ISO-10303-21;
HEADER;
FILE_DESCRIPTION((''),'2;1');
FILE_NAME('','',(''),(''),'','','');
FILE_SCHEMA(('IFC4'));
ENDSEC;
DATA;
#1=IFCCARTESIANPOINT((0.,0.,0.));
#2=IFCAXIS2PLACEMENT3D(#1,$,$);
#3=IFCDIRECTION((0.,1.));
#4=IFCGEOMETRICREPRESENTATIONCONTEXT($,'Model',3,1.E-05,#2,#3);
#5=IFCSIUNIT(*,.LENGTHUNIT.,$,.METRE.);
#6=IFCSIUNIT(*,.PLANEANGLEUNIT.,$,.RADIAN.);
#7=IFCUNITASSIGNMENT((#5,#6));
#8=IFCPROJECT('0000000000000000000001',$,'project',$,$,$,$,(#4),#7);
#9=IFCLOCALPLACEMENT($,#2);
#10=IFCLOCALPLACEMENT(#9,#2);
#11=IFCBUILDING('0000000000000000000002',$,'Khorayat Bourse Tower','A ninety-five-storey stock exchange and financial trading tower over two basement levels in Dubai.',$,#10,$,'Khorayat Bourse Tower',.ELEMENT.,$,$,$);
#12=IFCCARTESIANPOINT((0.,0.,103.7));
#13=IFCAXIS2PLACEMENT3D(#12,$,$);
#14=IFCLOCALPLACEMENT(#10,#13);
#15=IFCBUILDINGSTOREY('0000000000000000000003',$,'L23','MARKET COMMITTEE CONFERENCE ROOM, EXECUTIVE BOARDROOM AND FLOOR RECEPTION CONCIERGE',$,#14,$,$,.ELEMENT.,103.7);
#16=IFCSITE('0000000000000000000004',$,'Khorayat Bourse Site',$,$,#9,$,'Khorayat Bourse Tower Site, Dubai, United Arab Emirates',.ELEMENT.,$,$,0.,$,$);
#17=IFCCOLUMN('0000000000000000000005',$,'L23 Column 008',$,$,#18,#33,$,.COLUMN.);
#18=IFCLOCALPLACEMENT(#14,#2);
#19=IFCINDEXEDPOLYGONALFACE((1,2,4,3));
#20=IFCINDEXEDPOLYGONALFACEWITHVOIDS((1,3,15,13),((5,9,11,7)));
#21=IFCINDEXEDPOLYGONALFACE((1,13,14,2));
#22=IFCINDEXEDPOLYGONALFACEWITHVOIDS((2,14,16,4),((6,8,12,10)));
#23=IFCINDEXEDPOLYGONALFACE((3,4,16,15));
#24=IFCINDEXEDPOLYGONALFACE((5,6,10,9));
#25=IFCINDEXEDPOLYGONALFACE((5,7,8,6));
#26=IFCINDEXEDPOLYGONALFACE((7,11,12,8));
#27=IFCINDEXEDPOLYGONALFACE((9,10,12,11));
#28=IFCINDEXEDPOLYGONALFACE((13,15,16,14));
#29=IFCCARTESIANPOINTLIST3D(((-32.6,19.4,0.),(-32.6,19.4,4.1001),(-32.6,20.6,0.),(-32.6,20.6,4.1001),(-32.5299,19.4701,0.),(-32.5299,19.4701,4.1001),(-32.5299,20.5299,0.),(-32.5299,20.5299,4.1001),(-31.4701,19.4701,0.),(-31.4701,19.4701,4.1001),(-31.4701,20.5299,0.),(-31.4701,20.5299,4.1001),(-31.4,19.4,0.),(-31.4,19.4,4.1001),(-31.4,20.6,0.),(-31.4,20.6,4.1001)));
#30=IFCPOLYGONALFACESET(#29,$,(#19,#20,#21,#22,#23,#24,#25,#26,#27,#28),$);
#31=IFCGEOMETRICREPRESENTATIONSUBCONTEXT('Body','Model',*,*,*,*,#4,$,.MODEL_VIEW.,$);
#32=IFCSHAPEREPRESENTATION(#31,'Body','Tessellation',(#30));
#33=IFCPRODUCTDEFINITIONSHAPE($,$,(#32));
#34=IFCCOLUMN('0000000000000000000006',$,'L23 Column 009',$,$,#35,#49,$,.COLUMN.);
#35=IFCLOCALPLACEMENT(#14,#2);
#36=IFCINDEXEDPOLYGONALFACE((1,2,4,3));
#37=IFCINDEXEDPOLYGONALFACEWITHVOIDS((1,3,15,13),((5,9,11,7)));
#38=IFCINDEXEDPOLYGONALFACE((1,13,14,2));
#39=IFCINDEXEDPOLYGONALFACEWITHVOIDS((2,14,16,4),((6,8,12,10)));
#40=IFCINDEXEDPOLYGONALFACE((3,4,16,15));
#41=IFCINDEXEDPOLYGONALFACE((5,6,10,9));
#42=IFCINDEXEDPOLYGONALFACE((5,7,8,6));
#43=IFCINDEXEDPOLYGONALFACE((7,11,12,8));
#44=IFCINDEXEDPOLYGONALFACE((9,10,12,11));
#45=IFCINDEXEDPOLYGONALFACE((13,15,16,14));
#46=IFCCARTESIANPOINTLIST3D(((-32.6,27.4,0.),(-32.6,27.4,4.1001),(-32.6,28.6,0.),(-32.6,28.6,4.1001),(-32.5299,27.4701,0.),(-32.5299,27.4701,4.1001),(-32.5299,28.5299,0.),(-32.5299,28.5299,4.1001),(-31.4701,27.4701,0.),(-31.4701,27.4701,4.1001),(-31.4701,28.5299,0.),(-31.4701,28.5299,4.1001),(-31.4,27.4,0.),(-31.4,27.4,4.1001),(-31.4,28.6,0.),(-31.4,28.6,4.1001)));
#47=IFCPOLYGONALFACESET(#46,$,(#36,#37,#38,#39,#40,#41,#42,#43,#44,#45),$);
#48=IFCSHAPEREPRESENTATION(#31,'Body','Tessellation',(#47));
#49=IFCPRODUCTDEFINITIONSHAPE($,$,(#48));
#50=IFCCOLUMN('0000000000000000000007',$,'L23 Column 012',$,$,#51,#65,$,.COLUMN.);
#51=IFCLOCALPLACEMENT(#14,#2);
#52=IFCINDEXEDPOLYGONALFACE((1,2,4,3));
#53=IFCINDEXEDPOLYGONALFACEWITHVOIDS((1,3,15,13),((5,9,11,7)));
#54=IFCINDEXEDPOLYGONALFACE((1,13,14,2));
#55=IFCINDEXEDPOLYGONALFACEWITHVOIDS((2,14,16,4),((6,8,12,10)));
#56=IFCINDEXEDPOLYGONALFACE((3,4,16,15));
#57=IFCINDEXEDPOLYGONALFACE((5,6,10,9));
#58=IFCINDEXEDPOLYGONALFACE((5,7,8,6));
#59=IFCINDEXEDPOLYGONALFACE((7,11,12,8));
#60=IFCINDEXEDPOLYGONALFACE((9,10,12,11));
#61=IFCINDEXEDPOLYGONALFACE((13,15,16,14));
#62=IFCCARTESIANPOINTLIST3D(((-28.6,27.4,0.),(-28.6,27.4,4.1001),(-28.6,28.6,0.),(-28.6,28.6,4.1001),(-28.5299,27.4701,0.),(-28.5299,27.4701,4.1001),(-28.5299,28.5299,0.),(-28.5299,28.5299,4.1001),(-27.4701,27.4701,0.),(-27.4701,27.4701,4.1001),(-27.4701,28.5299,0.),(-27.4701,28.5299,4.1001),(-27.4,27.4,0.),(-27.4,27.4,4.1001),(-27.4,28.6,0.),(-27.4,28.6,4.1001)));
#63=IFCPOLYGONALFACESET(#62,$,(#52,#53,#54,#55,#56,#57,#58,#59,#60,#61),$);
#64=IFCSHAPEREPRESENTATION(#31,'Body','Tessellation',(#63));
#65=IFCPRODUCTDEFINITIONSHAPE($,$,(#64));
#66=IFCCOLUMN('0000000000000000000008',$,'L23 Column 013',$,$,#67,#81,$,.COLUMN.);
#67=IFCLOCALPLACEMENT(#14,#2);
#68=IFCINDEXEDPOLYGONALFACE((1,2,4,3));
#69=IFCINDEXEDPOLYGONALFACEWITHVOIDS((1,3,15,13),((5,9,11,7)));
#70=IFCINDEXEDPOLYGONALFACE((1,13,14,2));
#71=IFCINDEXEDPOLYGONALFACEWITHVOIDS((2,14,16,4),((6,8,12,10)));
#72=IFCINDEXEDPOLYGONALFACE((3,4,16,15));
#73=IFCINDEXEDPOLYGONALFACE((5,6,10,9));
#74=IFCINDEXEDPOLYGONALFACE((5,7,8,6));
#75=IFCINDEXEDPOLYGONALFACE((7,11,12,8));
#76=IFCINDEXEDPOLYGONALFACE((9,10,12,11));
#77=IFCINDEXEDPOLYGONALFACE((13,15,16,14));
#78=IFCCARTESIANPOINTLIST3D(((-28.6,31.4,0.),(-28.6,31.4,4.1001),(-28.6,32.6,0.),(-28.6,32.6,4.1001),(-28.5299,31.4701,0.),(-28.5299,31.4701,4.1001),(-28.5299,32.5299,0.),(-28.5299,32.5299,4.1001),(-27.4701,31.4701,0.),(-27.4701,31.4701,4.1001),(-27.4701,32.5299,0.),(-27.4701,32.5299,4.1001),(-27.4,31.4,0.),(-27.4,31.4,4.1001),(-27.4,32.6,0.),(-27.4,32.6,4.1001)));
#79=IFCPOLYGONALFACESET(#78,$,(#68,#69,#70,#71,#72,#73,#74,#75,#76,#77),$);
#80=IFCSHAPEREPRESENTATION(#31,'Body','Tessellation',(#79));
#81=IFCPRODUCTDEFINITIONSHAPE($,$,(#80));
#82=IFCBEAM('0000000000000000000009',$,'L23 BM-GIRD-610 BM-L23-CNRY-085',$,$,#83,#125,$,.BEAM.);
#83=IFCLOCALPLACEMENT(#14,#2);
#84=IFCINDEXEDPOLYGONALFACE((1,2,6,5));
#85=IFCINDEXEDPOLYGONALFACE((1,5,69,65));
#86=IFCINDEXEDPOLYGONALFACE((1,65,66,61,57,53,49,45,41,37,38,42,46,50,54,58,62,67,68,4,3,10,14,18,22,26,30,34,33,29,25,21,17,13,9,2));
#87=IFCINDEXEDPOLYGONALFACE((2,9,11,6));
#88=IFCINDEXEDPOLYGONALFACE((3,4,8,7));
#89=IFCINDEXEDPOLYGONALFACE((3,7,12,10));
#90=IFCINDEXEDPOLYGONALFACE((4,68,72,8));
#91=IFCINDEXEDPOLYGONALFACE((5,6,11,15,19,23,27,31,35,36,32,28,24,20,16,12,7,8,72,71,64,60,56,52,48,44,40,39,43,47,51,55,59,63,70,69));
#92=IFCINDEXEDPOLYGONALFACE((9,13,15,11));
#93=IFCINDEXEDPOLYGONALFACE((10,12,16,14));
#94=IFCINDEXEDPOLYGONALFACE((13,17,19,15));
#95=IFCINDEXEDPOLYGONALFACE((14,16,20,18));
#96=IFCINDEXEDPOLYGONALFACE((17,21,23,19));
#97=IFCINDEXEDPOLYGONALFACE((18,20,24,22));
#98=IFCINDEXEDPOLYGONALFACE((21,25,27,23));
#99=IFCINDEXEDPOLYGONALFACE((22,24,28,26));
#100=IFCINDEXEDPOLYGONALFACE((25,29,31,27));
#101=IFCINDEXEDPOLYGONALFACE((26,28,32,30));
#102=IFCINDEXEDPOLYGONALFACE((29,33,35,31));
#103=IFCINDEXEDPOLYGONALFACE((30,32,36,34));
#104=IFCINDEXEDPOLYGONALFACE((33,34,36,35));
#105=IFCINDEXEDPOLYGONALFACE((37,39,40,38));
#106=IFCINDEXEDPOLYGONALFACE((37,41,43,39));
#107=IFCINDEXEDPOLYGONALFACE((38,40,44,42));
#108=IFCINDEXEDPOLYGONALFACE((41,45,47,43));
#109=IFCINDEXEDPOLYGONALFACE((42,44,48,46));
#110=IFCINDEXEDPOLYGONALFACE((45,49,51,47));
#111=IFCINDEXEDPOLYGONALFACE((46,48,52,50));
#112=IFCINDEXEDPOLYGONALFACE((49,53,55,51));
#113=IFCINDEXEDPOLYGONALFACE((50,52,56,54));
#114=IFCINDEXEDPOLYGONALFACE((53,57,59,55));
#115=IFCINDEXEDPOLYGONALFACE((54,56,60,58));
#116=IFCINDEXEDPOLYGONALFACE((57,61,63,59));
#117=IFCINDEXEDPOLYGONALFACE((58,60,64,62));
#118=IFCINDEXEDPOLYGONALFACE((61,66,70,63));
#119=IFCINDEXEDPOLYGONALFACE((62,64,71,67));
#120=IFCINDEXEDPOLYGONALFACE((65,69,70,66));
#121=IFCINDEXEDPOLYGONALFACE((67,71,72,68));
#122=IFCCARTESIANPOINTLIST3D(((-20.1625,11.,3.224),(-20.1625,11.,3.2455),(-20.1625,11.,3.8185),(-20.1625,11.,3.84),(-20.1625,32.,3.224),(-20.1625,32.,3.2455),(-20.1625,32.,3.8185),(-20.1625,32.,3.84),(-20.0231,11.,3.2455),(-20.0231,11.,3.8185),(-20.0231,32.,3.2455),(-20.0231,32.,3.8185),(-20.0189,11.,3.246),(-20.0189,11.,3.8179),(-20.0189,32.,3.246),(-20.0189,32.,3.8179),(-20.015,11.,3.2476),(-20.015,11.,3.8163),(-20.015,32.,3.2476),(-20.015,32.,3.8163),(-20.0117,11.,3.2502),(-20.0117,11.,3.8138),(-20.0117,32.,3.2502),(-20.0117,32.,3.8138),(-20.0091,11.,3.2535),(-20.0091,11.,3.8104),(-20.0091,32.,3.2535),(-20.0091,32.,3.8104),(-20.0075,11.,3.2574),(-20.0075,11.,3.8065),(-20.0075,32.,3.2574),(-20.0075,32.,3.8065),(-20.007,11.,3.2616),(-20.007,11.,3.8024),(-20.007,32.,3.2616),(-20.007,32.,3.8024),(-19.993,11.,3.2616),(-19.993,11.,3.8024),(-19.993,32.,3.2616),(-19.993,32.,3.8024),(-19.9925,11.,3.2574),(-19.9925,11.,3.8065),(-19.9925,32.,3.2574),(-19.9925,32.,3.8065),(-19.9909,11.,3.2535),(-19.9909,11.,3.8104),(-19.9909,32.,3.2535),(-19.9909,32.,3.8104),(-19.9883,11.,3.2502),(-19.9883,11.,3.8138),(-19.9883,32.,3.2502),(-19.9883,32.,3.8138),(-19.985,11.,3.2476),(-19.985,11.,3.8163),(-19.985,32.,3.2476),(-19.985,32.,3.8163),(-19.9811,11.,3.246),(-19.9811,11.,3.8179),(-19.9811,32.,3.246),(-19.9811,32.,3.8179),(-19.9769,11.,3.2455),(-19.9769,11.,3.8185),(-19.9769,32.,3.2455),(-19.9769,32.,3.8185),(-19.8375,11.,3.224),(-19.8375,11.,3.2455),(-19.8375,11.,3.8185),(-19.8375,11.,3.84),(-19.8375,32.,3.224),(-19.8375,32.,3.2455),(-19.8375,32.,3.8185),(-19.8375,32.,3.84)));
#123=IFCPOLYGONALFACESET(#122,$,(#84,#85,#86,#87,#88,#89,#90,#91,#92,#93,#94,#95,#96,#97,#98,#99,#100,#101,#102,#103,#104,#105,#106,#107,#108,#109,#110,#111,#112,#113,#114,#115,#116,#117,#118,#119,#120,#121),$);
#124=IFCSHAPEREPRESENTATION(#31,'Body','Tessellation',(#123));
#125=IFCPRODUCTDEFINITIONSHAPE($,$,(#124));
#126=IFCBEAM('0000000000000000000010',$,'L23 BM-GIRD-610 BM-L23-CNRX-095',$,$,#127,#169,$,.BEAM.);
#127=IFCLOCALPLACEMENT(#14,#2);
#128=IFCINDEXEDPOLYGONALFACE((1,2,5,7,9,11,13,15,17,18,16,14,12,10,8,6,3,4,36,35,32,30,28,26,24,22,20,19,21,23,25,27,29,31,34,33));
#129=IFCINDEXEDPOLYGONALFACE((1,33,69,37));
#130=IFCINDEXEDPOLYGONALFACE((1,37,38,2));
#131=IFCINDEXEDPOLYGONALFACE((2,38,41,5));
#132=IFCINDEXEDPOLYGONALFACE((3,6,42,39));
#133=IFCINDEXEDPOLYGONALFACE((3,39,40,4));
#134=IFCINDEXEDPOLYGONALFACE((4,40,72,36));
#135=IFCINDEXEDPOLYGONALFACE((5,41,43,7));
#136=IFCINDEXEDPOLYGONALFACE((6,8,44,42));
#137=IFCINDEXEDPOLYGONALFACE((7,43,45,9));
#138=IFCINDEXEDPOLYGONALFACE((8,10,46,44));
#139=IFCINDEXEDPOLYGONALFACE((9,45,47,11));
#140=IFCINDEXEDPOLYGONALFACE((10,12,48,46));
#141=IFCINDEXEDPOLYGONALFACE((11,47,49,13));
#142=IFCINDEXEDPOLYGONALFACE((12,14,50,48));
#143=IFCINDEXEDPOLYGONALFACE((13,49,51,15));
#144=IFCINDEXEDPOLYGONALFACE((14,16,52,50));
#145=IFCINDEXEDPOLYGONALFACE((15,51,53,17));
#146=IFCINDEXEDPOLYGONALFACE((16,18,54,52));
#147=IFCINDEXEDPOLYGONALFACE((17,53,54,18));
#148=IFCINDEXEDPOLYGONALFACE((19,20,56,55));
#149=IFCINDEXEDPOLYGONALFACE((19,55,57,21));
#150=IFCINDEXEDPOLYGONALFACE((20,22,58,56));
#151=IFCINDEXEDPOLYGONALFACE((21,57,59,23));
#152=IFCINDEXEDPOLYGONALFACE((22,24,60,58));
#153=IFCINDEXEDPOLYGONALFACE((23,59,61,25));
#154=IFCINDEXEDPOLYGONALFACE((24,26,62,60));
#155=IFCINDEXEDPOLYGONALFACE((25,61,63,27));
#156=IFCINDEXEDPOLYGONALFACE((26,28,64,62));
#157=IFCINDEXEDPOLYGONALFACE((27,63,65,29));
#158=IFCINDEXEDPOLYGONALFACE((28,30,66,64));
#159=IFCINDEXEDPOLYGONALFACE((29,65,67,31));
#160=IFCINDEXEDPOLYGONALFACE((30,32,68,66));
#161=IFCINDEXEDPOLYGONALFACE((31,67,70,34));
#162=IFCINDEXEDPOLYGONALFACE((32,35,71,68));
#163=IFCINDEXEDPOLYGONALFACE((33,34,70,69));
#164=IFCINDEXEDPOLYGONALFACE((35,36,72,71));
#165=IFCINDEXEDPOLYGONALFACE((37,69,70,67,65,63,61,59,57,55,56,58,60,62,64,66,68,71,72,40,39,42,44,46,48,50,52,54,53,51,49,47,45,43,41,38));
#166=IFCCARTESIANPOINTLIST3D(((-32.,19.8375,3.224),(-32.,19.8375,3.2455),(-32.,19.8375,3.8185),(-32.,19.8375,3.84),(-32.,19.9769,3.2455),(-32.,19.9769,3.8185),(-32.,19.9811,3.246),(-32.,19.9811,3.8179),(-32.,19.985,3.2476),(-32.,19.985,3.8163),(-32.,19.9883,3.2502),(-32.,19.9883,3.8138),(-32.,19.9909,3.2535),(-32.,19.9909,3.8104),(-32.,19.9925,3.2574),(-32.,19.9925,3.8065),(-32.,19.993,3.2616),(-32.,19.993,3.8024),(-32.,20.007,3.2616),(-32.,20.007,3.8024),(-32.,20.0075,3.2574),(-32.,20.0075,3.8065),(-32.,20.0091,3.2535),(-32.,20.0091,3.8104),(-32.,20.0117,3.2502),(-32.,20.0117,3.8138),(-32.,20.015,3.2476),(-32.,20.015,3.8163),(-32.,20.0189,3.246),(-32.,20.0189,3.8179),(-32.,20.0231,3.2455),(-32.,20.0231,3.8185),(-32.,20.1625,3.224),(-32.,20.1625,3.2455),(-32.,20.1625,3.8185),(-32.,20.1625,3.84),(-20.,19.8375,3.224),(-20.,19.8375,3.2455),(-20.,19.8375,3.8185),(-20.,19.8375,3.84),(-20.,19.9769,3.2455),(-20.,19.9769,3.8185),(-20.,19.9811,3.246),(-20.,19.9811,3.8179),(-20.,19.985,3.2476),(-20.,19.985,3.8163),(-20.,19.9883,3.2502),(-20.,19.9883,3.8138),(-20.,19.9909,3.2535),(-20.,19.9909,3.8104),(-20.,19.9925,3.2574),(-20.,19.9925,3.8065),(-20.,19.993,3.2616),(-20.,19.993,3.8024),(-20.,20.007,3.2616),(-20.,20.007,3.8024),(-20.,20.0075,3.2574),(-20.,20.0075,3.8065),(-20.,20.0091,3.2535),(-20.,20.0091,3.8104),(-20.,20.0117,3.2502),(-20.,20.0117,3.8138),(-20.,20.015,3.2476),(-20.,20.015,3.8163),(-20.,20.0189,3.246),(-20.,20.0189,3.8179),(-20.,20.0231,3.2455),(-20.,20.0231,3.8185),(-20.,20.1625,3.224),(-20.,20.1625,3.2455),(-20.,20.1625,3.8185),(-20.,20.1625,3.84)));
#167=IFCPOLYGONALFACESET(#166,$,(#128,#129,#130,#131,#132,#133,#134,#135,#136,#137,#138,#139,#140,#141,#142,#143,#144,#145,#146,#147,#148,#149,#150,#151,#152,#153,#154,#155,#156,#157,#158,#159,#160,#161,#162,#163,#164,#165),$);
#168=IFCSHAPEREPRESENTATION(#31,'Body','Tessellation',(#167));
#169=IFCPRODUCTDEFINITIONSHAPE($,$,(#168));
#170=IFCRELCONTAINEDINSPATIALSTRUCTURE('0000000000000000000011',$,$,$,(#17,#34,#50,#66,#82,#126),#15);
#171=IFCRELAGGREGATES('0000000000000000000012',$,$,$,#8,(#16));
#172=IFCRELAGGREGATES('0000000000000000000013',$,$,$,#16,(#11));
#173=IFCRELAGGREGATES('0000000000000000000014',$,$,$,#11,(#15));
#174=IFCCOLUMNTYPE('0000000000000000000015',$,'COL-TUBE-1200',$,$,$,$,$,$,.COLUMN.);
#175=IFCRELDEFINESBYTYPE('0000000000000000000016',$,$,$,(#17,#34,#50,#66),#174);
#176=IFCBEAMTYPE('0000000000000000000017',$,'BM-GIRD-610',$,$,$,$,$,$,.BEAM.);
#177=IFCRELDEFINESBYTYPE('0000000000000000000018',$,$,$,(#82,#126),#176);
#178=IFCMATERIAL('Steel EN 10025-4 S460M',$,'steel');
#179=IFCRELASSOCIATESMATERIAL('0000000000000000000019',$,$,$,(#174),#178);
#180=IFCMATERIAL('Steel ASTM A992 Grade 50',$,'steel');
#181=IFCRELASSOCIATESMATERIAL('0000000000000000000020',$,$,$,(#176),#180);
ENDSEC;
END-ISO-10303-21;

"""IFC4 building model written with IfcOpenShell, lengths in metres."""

from ifc_helpers import new_model, si_unit, direction, frame, origin, origin_2d, place, context, subcontext, project, spatial, hollow_rectangle, i_section, extrude, source, transform, mapped, material, material_profile, profile_set, type_object, element, save


model = new_model("IFC4")

# Units and contexts
model_context = context("Model", 3, precision=1e-05, world=origin(), true_north=direction((0.0, 1.0)))
body_context = subcontext(model_context, "Body", "Model", "MODEL_VIEW")
ifc_project = project(units=[si_unit("LENGTHUNIT", "METRE"), si_unit("PLANEANGLEUNIT", "RADIAN")], contexts=[model_context])

# Site, building, storey
site_placement = place(None, origin())
site = spatial("IfcSite", under=ifc_project, at=site_placement, Name="Khorayat Bourse Site", LongName="Khorayat Bourse Tower Site, Dubai, United Arab Emirates", CompositionType="ELEMENT", RefElevation=0.0)
building_placement = place(site_placement, origin())
building = spatial("IfcBuilding", under=site, at=building_placement, Name="Khorayat Bourse Tower", Description="A ninety-five-storey stock exchange and financial trading tower over two basement levels in Dubai.", LongName="Khorayat Bourse Tower", CompositionType="ELEMENT")
storey_placement = place(building_placement, frame((0.0, 0.0, 103.7)))
storey = spatial("IfcBuildingStorey", under=building, at=storey_placement, Name="L23", Description="MARKET COMMITTEE CONFERENCE ROOM, EXECUTIVE BOARDROOM AND FLOOR RECEPTION CONCIERGE", CompositionType="ELEMENT", Elevation=103.7)

# Columns
ifc_material_1 = material(Name="Steel EN 10025-4 S460M", Category="steel")
ifc_material_profile_1 = material_profile(ifc_material_1, hollow_rectangle(XDim=1.2, YDim=1.2, WallThickness=0.0701, at=origin_2d()), Name="BOX 1200x1200x70")
ifc_profile_set_1 = profile_set([ifc_material_profile_1], Name="Steel EN 10025-4 S460M")
column_type = type_object("IfcColumnType", Name="COL-TUBE-1200", PredefinedType="COLUMN", material=ifc_profile_set_1)
shared_shape_1 = source(origin(), body_context, "Body", "SweptSolid", [
    extrude(hollow_rectangle(XDim=1.2, YDim=1.2, WallThickness=0.0701, at=origin_2d()), origin(), (0.0, 0.0, 1.0), 4.1001),
])
for number, where, z_axis, x_axis, name in (
    (1, (-32.0, 20.0, 0.0), (0.0, 0.0, 1.0), (1.0, 0.0, 0.0), "L23 Column 008"),
    (2, (-32.0, 28.0, 0.0), (0.0, 0.0, 1.0), (1.0, 0.0, 0.0), "L23 Column 009"),
    (3, (-28.0, 28.0, 0.0), (0.0, 0.0, 1.0), (1.0, 0.0, 0.0), "L23 Column 012"),
    (4, (-28.0, 32.0, 0.0), (0.0, 0.0, 1.0), (1.0, 0.0, 0.0), "L23 Column 013"),
):
    element("IfcColumn", number, at=place(storey_placement, frame(where, z_axis=z_axis, x_axis=x_axis)), inside=storey, type_object=column_type, Name=name, PredefinedType="COLUMN", context=body_context, shape_type="MappedRepresentation", body=[
        mapped(shared_shape_1, transform((0.0, 0.0, 0.0), scale=1.0)),
    ])

# Beams
ifc_material_2 = material(Name="Steel ASTM A992 Grade 50", Category="steel")
ifc_material_profile_2 = material_profile(ifc_material_2, i_section(OverallWidth=0.325, OverallDepth=0.616, WebThickness=0.0139, FlangeThickness=0.0215, FilletRadius=0.0161, at=origin_2d()), Name="W610X174")
ifc_profile_set_2 = profile_set([ifc_material_profile_2], Name="Steel ASTM A992 Grade 50")
beam_type_1 = type_object("IfcBeamType", Name="BM-GIRD-610", PredefinedType="BEAM", material=ifc_profile_set_2)
shared_shape_2 = source(origin(), body_context, "Body", "SweptSolid", [
    extrude(i_section(OverallWidth=0.325, OverallDepth=0.616, WebThickness=0.0139, FlangeThickness=0.0215, FilletRadius=0.0161, at=origin_2d()), origin(), (0.0, 0.0, 1.0), 21.0),
])
beam_1_placement = place(storey_placement, frame((-20.0, 11.0, 3.532), z_axis=(0.0, 1.0, 0.0), x_axis=(-1.0, 0.0, 0.0)))
element("IfcBeam", 5, at=beam_1_placement, inside=storey, type_object=beam_type_1, Name="L23 BM-GIRD-610 BM-L23-CNRY-085", PredefinedType="BEAM", context=body_context, shape_type="MappedRepresentation", body=[
    mapped(shared_shape_2, transform((0.0, 0.0, 0.0), scale=1.0)),
])
shared_shape_3 = source(origin(), body_context, "Body", "SweptSolid", [
    extrude(i_section(OverallWidth=0.325, OverallDepth=0.616, WebThickness=0.0139, FlangeThickness=0.0215, FilletRadius=0.0161, at=origin_2d()), origin(), (0.0, 0.0, 1.0), 12.0),
])
beam_2_placement = place(storey_placement, frame((-32.0, 20.0, 3.532), z_axis=(1.0, 0.0, 0.0), x_axis=(0.0, 1.0, 0.0)))
element("IfcBeam", 6, at=beam_2_placement, inside=storey, type_object=beam_type_1, Name="L23 BM-GIRD-610 BM-L23-CNRX-095", PredefinedType="BEAM", context=body_context, shape_type="MappedRepresentation", body=[
    mapped(shared_shape_3, transform((0.0, 0.0, 0.0), scale=1.0)),
])

save(model, "model.ifc")
